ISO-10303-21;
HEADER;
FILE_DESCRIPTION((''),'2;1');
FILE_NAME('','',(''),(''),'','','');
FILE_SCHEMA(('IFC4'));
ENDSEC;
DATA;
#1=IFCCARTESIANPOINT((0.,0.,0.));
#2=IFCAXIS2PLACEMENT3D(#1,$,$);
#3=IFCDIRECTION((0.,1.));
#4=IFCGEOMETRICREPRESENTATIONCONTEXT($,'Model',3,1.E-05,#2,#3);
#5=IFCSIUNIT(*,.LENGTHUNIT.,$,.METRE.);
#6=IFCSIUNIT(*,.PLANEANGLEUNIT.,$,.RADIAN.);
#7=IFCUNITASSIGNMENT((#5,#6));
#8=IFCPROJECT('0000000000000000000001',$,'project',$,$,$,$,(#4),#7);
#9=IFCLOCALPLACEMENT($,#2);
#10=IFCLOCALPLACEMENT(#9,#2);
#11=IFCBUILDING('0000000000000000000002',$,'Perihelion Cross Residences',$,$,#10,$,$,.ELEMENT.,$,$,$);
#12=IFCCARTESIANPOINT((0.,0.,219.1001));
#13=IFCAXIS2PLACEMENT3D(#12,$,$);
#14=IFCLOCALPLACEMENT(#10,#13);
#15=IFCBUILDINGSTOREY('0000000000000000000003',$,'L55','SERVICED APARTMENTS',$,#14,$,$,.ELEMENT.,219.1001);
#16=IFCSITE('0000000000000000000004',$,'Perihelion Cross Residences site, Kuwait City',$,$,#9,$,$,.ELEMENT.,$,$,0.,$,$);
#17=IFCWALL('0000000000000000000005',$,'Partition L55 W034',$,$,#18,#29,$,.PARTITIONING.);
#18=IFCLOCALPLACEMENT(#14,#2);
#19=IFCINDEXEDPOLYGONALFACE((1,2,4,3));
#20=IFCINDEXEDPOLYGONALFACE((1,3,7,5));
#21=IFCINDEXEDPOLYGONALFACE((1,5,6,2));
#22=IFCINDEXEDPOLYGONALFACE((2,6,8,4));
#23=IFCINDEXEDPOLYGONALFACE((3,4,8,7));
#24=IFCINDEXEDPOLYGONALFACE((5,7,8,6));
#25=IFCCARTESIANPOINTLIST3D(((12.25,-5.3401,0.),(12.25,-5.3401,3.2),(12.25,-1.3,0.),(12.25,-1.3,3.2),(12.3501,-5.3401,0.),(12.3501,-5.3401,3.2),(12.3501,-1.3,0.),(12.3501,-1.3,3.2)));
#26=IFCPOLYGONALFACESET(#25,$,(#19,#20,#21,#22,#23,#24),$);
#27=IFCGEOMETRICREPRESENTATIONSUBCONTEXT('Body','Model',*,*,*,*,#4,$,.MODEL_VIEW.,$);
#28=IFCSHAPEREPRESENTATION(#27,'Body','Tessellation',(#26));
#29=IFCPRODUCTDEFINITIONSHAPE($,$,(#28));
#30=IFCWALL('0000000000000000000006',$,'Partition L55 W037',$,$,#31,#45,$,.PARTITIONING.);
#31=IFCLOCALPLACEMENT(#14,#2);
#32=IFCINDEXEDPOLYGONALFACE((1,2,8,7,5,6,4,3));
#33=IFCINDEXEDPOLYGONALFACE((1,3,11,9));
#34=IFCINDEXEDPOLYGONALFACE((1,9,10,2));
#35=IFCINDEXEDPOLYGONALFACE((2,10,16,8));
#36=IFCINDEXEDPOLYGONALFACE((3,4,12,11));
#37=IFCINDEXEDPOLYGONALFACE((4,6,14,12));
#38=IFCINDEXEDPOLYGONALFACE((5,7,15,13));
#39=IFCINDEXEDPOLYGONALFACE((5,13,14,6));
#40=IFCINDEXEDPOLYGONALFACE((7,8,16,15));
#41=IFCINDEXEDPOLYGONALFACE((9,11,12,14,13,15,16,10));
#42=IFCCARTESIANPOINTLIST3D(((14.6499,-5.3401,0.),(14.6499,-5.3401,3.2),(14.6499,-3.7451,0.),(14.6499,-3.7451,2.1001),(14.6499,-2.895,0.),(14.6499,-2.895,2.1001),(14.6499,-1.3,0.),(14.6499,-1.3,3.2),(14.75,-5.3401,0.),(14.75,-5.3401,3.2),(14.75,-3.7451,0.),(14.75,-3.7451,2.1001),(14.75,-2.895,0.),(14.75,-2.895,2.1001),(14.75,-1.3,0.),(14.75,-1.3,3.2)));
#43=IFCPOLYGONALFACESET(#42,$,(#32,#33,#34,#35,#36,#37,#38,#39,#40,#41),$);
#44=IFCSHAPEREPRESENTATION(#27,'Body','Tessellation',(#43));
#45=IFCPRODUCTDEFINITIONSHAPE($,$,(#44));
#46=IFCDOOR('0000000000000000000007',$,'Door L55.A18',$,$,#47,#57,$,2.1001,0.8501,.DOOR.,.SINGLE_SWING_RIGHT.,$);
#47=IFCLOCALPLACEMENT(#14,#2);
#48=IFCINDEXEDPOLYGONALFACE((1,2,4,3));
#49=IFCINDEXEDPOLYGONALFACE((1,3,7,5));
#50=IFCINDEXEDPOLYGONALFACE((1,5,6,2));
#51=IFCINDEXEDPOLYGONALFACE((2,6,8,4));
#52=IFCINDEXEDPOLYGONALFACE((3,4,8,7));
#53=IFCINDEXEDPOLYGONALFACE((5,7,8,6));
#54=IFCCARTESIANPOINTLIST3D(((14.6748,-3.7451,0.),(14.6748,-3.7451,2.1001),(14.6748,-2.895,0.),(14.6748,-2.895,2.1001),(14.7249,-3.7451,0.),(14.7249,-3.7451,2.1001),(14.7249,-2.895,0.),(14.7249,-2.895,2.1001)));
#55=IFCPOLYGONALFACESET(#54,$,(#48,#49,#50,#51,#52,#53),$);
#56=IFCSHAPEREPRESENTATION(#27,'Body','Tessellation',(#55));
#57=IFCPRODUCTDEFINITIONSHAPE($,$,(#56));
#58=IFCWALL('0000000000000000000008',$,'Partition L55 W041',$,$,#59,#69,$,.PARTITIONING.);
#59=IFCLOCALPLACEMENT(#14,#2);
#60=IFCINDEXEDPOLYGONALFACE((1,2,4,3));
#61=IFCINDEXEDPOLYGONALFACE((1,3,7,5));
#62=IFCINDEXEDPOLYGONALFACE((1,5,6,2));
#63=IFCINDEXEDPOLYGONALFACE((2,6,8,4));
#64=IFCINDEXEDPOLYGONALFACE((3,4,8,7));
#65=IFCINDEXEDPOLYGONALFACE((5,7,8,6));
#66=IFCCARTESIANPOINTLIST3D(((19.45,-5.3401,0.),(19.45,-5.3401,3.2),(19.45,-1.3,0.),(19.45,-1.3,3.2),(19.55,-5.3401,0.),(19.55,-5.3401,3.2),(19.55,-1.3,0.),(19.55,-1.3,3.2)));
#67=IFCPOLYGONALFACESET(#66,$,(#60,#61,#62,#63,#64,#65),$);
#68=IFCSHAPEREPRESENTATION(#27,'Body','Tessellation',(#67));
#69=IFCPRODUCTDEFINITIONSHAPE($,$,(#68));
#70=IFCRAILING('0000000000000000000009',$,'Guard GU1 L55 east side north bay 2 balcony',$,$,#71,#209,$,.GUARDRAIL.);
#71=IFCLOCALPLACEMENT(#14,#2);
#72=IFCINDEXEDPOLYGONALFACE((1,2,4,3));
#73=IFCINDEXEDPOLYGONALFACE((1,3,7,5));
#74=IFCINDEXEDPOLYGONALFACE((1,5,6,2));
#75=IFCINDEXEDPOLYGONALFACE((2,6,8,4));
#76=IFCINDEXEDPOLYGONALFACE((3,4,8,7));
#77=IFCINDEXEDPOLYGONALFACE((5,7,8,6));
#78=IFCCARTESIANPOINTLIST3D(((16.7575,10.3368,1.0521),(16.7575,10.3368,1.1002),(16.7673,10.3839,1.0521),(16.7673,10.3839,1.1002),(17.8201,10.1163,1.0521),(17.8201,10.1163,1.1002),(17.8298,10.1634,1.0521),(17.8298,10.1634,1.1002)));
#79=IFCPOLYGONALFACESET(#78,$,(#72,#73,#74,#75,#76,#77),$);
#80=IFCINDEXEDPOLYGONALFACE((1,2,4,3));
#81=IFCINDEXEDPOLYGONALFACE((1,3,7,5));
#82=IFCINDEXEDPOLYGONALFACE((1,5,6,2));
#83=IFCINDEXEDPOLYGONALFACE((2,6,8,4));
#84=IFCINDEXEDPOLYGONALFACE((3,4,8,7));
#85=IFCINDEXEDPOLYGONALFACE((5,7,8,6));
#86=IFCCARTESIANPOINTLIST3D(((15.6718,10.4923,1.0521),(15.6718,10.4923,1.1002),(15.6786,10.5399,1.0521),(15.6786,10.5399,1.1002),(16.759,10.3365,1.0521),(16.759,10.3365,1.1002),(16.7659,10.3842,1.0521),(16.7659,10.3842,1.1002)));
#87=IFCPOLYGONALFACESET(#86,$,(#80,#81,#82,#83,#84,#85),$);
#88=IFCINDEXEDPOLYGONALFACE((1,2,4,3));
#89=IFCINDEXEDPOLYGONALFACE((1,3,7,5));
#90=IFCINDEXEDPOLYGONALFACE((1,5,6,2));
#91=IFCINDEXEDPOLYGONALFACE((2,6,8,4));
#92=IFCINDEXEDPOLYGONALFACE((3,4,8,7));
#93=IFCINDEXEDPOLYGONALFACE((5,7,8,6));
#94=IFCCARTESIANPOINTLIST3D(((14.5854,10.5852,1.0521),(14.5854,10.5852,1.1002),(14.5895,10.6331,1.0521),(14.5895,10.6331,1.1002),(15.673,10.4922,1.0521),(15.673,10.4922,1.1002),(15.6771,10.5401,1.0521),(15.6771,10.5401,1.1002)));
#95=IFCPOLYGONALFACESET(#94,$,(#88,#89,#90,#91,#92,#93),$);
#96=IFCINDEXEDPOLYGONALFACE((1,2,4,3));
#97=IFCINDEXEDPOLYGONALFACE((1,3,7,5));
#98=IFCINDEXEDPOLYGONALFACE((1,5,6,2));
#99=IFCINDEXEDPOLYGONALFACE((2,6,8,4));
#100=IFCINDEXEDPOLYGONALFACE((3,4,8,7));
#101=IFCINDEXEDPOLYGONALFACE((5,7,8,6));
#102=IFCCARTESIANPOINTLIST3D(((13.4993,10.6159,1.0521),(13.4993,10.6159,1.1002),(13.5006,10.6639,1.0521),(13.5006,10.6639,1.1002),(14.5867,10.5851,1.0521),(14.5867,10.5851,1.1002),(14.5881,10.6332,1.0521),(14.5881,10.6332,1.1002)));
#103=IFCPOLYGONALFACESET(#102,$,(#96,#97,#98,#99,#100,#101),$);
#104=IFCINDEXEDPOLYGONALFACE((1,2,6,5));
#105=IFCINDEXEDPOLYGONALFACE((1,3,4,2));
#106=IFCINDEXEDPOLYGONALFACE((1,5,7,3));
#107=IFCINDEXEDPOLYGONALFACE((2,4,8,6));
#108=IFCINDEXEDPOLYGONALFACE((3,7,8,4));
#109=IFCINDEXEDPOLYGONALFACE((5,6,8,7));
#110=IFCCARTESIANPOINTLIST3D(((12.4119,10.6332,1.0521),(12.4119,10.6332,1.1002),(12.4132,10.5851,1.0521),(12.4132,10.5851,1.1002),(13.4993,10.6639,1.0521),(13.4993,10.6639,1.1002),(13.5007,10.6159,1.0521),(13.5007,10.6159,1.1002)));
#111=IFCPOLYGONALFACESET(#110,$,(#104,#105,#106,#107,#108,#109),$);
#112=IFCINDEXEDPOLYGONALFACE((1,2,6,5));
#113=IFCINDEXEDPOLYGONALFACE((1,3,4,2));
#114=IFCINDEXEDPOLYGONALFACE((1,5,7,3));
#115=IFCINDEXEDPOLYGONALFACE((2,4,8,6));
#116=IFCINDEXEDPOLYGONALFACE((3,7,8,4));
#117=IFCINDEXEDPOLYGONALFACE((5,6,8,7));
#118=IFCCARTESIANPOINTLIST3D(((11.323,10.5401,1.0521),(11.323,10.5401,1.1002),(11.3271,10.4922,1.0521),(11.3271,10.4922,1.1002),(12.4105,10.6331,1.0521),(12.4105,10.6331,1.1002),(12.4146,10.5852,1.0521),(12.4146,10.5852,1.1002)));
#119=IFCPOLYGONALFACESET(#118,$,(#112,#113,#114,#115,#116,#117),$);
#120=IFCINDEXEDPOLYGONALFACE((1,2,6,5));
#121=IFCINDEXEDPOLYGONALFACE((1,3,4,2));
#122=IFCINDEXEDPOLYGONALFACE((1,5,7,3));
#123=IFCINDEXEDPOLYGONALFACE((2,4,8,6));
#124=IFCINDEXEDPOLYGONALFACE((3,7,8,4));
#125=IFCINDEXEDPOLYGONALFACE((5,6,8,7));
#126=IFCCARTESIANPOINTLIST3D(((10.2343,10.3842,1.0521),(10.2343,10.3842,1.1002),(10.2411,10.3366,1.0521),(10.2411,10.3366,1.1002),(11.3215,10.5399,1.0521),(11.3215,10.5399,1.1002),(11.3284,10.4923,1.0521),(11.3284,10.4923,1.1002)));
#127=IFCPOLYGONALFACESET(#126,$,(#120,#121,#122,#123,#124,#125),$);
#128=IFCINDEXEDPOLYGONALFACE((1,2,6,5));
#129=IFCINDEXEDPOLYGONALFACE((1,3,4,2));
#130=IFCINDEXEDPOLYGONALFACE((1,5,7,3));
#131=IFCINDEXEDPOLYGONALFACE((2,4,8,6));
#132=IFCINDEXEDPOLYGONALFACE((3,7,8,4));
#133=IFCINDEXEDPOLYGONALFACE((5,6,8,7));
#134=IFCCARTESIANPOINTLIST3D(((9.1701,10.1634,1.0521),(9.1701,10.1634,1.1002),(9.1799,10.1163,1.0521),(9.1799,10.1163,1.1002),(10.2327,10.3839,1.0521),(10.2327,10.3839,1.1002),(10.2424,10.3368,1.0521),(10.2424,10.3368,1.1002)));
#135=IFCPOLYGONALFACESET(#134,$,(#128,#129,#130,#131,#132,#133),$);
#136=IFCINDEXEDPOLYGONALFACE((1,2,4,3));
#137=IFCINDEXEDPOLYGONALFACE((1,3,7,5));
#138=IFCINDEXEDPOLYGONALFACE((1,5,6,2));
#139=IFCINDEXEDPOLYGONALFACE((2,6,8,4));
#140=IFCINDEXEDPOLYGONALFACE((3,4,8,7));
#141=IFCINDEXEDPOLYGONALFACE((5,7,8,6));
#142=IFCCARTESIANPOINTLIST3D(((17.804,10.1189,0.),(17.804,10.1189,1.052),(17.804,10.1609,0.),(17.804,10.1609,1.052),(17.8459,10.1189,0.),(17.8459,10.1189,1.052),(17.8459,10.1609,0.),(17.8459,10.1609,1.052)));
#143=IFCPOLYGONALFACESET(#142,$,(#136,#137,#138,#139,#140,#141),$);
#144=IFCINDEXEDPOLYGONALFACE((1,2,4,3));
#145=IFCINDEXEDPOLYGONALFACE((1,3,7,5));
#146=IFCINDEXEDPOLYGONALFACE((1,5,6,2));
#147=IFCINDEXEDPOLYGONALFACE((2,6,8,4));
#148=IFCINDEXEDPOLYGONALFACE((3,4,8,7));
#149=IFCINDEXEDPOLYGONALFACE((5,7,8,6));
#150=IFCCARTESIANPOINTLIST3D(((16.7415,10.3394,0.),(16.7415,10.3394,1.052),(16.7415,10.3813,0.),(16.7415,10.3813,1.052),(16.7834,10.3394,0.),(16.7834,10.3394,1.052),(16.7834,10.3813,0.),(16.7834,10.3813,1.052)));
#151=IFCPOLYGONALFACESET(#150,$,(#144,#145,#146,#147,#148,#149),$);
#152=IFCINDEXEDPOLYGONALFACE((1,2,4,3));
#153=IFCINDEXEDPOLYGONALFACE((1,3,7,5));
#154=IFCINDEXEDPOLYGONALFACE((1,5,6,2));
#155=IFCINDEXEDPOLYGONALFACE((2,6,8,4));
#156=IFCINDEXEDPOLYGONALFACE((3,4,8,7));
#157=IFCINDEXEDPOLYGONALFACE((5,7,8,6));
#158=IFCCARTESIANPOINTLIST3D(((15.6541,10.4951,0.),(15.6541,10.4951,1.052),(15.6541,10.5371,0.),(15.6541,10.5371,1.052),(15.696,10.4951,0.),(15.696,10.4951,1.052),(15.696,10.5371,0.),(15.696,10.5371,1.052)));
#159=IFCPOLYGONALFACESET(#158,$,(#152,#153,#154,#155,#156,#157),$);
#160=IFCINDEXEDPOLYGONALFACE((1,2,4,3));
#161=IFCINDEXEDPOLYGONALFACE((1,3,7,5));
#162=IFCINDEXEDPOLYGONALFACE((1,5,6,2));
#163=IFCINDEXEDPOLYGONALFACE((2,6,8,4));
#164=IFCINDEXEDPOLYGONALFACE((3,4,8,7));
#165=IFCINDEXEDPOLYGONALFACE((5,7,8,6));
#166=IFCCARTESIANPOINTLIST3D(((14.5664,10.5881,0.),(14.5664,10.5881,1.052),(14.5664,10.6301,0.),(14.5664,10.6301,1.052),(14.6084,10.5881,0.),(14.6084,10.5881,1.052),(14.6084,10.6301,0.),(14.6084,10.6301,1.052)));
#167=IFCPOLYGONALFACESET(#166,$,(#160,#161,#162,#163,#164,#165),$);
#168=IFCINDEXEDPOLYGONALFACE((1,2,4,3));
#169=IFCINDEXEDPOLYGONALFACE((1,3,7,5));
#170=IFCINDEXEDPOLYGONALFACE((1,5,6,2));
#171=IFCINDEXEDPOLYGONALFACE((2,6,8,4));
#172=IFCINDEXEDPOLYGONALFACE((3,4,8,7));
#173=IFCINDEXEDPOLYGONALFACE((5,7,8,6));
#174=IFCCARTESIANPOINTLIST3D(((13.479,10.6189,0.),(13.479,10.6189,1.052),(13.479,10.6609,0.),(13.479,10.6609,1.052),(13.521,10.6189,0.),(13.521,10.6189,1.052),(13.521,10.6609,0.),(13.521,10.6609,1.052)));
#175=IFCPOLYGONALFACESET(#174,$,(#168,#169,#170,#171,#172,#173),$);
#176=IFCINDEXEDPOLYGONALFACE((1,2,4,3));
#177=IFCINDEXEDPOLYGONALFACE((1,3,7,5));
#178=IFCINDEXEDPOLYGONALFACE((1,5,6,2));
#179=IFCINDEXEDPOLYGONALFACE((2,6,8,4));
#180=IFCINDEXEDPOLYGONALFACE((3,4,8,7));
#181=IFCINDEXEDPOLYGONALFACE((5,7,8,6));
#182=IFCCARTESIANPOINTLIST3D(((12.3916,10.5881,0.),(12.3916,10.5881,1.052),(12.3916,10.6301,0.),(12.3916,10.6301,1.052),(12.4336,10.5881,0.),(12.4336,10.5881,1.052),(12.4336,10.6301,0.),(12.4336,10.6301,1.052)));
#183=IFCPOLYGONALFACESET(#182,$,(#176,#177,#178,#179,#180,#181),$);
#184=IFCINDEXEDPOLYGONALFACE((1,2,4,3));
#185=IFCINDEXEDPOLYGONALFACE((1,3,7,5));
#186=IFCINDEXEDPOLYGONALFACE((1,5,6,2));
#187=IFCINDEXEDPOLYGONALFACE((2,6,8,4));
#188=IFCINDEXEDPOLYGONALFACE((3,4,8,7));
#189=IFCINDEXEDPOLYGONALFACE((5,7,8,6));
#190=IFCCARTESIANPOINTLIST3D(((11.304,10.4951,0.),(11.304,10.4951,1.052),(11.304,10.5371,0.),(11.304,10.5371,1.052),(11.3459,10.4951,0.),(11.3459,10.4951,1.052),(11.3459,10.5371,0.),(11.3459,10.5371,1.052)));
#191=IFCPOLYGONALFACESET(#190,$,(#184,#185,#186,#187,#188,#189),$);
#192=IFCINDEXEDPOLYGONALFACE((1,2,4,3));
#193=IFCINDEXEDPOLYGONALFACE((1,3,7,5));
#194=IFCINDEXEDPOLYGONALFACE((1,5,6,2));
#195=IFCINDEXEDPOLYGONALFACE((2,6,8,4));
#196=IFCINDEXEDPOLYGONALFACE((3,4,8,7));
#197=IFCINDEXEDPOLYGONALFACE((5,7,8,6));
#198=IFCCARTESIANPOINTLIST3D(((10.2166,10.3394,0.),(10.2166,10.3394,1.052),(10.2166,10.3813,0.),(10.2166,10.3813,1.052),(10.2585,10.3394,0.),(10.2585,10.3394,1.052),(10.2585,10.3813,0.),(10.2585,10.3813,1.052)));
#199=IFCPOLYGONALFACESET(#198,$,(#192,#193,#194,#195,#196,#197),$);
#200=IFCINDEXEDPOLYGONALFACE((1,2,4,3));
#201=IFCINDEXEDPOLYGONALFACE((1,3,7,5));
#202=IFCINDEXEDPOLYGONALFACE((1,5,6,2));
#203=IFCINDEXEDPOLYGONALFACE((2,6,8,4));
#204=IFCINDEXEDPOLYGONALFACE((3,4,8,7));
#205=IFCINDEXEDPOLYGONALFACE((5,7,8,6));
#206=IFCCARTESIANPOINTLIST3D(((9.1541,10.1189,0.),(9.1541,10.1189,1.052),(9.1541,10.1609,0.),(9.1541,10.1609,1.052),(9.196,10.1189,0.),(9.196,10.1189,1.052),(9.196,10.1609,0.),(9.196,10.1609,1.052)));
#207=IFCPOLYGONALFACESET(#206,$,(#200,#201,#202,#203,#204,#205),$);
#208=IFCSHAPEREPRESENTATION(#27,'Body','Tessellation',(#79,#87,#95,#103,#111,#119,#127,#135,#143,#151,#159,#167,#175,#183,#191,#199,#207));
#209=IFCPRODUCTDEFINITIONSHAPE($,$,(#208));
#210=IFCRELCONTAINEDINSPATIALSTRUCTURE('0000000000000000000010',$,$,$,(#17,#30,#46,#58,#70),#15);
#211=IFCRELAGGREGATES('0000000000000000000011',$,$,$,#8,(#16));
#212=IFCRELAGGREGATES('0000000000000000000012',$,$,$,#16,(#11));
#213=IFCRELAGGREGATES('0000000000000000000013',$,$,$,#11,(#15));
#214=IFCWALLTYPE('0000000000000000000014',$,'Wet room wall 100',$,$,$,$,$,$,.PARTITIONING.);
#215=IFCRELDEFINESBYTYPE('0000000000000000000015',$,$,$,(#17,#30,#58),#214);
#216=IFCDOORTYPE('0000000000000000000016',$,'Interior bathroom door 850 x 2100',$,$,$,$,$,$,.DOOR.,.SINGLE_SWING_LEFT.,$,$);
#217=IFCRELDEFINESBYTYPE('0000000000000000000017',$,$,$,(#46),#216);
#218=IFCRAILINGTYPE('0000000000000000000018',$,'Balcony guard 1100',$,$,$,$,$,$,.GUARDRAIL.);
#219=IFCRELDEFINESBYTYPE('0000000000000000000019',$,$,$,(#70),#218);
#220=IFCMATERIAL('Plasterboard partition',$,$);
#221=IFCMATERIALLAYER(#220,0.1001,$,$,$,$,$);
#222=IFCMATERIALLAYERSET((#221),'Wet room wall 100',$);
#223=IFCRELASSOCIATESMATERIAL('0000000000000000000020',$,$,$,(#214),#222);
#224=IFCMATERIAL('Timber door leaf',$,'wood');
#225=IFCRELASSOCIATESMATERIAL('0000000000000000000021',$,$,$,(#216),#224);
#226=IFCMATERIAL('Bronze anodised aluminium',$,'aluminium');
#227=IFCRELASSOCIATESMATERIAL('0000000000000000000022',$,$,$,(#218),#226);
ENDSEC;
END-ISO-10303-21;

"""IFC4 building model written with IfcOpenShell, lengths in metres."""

from ifc_helpers import new_model, si_unit, direction, frame, frame_2d, origin, origin_2d, place, context, subcontext, project, spatial, rectangle, extrude, material, layer, layer_set, type_object, element, fill, save


model = new_model("IFC4")

# Units and contexts
model_context = context("Model", 3, precision=1e-05, world=origin(), true_north=direction((0.0, 1.0)))
body_context = subcontext(model_context, "Body", "Model", "MODEL_VIEW")
ifc_project = project(units=[si_unit("LENGTHUNIT", "METRE"), si_unit("PLANEANGLEUNIT", "RADIAN")], contexts=[model_context])

# Site, building, storey
site_placement = place(None, origin())
site = spatial("IfcSite", under=ifc_project, at=site_placement, Name="Perihelion Cross Residences site, Kuwait City", CompositionType="ELEMENT", RefElevation=0.0)
building_placement = place(site_placement, origin())
building = spatial("IfcBuilding", under=site, at=building_placement, Name="Perihelion Cross Residences", CompositionType="ELEMENT")
storey_placement = place(building_placement, frame((0.0, 0.0, 219.1001)))
storey = spatial("IfcBuildingStorey", under=building, at=storey_placement, Name="L55", Description="SERVICED APARTMENTS", CompositionType="ELEMENT", Elevation=219.1001)

# Shared definitions
ifc_material_1 = material(Name="Plasterboard partition")
ifc_layer_1 = layer(ifc_material_1, 0.1001)
ifc_layer_set_1 = layer_set([ifc_layer_1], Name="Wet room wall 100")
wall_type_1 = type_object("IfcWallType", Name="Wet room wall 100", PredefinedType="PARTITIONING", material=ifc_layer_set_1)

# Shared definitions
ifc_material_2 = material(Name="Timber door leaf", Category="wood")
door_type_1 = type_object("IfcDoorType", Name="Interior bathroom door 850 x 2100", OperationType="SINGLE_SWING_LEFT", PredefinedType="DOOR", material=ifc_material_2)

# Wall
wall_1_placement = place(storey_placement, frame((12.3, -1.3, 0.0), z_axis=(0.0, 0.0, 1.0), x_axis=(0.0, -1.0, 0.0)))
element("IfcWall", 1, at=wall_1_placement, inside=storey, type_object=wall_type_1, Name="Partition L55 W034", PredefinedType="PARTITIONING", context=body_context, shape_type="SweptSolid", body=[
    extrude(rectangle(XDim=4.04, YDim=0.1001, at=frame_2d((2.02, 0.0))), origin(), (0.0, 0.0, 1.0), 3.2),
])

# Wall, opening, door
wall_2_placement = place(storey_placement, frame((14.7, -1.3, 0.0), z_axis=(0.0, 0.0, 1.0), x_axis=(0.0, -1.0, 0.0)))
wall_2 = element("IfcWall", 2, at=wall_2_placement, inside=storey, type_object=wall_type_1, Name="Partition L55 W037", PredefinedType="PARTITIONING", context=body_context, shape_type="SweptSolid", body=[
    extrude(rectangle(XDim=4.04, YDim=0.1001, at=frame_2d((2.02, 0.0))), origin(), (0.0, 0.0, 1.0), 3.2),
])
opening_1_placement = place(wall_2_placement, frame((1.595, 0.0, 0.0)))
opening_1 = element("IfcOpeningElement", 3, at=opening_1_placement, cuts=wall_2, PredefinedType="OPENING", context=body_context, shape_type="SweptSolid", body=[
    extrude(rectangle(XDim=0.8501, YDim=2.1001, at=frame_2d((0.425, 1.05))), frame((0.0, 0.0601, 0.0), z_axis=(0.0, -1.0, 0.0), x_axis=(1.0, 0.0, 0.0)), (0.0, 0.0, 1.0), 0.1201),
])
door_1_placement = place(opening_1_placement, origin())
door_1 = element("IfcDoor", 4, at=door_1_placement, inside=storey, type_object=door_type_1, Name="Door L55.A18", OperationType="SINGLE_SWING_RIGHT", OverallHeight=2.1001, OverallWidth=0.8501, PredefinedType="DOOR", context=body_context, shape_type="SweptSolid", body=[
    extrude(rectangle(XDim=0.8501, YDim=2.1001, at=frame_2d((0.425, 1.05))), frame((0.0, 0.0249, 0.0), z_axis=(0.0, -1.0, 0.0), x_axis=(1.0, 0.0, 0.0)), (0.0, 0.0, 1.0), 0.05),
])
fill(opening_1, door_1)

# Wall
wall_3_placement = place(storey_placement, frame((19.5, -1.3, 0.0), z_axis=(0.0, 0.0, 1.0), x_axis=(0.0, -1.0, 0.0)))
element("IfcWall", 5, at=wall_3_placement, inside=storey, type_object=wall_type_1, Name="Partition L55 W041", PredefinedType="PARTITIONING", context=body_context, shape_type="SweptSolid", body=[
    extrude(rectangle(XDim=4.04, YDim=0.1001, at=frame_2d((2.02, 0.0))), origin(), (0.0, 0.0, 1.0), 3.2),
])

# Railing
ifc_material_3 = material(Name="Bronze anodised aluminium", Category="aluminium")
railing_type = type_object("IfcRailingType", Name="Balcony guard 1100", PredefinedType="GUARDRAIL", material=ifc_material_3)
railing_placement = place(storey_placement, frame((17.825, 10.1399, 0.0)))
element("IfcRailing", 6, at=railing_placement, inside=storey, type_object=railing_type, Name="Guard GU1 L55 east side north bay 2 balcony", PredefinedType="GUARDRAIL", context=body_context, shape_type="SweptSolid", body=[
    extrude(rectangle(XDim=0.0481, YDim=0.0481, at=origin_2d()), frame((0.0, 0.0, 1.0762), z_axis=(-0.979145, 0.203164, 0.0), x_axis=(-0.203164, -0.979145, 0.0)), (0.0, 0.0, 1.0), 1.0852),
    extrude(rectangle(XDim=0.0481, YDim=0.0481, at=origin_2d()), frame((-1.0625, 0.2205, 1.0762), z_axis=(-0.989896, 0.141795, 0.0), x_axis=(-0.141795, -0.989896, 0.0)), (0.0, 0.0, 1.0), 1.0984),
    extrude(rectangle(XDim=0.0481, YDim=0.0481, at=origin_2d()), frame((-2.1499, 0.3762, 1.0762), z_axis=(-0.996363, 0.085211, 0.0), x_axis=(-0.085211, -0.996363, 0.0)), (0.0, 0.0, 1.0), 1.0916),
    extrude(rectangle(XDim=0.0481, YDim=0.0481, at=origin_2d()), frame((-3.2375, 0.4692, 1.0762), z_axis=(-0.9996, 0.028278, 0.0), x_axis=(-0.028278, -0.9996, 0.0)), (0.0, 0.0, 1.0), 1.0879),
    extrude(rectangle(XDim=0.0481, YDim=0.0481, at=origin_2d()), frame((-4.325, 0.5, 1.0762), z_axis=(-0.9996, -0.028278, 0.0), x_axis=(0.028278, -0.9996, 0.0)), (0.0, 0.0, 1.0), 1.0879),
    extrude(rectangle(XDim=0.0481, YDim=0.0481, at=origin_2d()), frame((-5.4124, 0.4692, 1.0762), z_axis=(-0.996363, -0.085211, 0.0), x_axis=(0.085211, -0.996363, 0.0)), (0.0, 0.0, 1.0), 1.0916),
    extrude(rectangle(XDim=0.0481, YDim=0.0481, at=origin_2d()), frame((-6.5, 0.3762, 1.0762), z_axis=(-0.989896, -0.141795, 0.0), x_axis=(0.141795, -0.989896, 0.0)), (0.0, 0.0, 1.0), 1.0984),
    extrude(rectangle(XDim=0.0481, YDim=0.0481, at=origin_2d()), frame((-7.5874, 0.2205, 1.0762), z_axis=(-0.979145, -0.203164, 0.0), x_axis=(0.203164, -0.979145, 0.0)), (0.0, 0.0, 1.0), 1.0852),
    extrude(rectangle(XDim=0.042, YDim=0.042, at=origin_2d()), origin(), (0.0, 0.0, 1.0), 1.052),
    extrude(rectangle(XDim=0.042, YDim=0.042, at=origin_2d()), frame((-1.0625, 0.2205, 0.0)), (0.0, 0.0, 1.0), 1.052),
    extrude(rectangle(XDim=0.042, YDim=0.042, at=origin_2d()), frame((-2.1499, 0.3762, 0.0)), (0.0, 0.0, 1.0), 1.052),
    extrude(rectangle(XDim=0.042, YDim=0.042, at=origin_2d()), frame((-3.2375, 0.4692, 0.0)), (0.0, 0.0, 1.0), 1.052),
    extrude(rectangle(XDim=0.042, YDim=0.042, at=origin_2d()), frame((-4.325, 0.5, 0.0)), (0.0, 0.0, 1.0), 1.052),
    extrude(rectangle(XDim=0.042, YDim=0.042, at=origin_2d()), frame((-5.4124, 0.4692, 0.0)), (0.0, 0.0, 1.0), 1.052),
    extrude(rectangle(XDim=0.042, YDim=0.042, at=origin_2d()), frame((-6.5, 0.3762, 0.0)), (0.0, 0.0, 1.0), 1.052),
    extrude(rectangle(XDim=0.042, YDim=0.042, at=origin_2d()), frame((-7.5874, 0.2205, 0.0)), (0.0, 0.0, 1.0), 1.052),
    extrude(rectangle(XDim=0.042, YDim=0.042, at=origin_2d()), frame((-8.6499, 0.0, 0.0)), (0.0, 0.0, 1.0), 1.052),
])

save(model, "model.ifc")
